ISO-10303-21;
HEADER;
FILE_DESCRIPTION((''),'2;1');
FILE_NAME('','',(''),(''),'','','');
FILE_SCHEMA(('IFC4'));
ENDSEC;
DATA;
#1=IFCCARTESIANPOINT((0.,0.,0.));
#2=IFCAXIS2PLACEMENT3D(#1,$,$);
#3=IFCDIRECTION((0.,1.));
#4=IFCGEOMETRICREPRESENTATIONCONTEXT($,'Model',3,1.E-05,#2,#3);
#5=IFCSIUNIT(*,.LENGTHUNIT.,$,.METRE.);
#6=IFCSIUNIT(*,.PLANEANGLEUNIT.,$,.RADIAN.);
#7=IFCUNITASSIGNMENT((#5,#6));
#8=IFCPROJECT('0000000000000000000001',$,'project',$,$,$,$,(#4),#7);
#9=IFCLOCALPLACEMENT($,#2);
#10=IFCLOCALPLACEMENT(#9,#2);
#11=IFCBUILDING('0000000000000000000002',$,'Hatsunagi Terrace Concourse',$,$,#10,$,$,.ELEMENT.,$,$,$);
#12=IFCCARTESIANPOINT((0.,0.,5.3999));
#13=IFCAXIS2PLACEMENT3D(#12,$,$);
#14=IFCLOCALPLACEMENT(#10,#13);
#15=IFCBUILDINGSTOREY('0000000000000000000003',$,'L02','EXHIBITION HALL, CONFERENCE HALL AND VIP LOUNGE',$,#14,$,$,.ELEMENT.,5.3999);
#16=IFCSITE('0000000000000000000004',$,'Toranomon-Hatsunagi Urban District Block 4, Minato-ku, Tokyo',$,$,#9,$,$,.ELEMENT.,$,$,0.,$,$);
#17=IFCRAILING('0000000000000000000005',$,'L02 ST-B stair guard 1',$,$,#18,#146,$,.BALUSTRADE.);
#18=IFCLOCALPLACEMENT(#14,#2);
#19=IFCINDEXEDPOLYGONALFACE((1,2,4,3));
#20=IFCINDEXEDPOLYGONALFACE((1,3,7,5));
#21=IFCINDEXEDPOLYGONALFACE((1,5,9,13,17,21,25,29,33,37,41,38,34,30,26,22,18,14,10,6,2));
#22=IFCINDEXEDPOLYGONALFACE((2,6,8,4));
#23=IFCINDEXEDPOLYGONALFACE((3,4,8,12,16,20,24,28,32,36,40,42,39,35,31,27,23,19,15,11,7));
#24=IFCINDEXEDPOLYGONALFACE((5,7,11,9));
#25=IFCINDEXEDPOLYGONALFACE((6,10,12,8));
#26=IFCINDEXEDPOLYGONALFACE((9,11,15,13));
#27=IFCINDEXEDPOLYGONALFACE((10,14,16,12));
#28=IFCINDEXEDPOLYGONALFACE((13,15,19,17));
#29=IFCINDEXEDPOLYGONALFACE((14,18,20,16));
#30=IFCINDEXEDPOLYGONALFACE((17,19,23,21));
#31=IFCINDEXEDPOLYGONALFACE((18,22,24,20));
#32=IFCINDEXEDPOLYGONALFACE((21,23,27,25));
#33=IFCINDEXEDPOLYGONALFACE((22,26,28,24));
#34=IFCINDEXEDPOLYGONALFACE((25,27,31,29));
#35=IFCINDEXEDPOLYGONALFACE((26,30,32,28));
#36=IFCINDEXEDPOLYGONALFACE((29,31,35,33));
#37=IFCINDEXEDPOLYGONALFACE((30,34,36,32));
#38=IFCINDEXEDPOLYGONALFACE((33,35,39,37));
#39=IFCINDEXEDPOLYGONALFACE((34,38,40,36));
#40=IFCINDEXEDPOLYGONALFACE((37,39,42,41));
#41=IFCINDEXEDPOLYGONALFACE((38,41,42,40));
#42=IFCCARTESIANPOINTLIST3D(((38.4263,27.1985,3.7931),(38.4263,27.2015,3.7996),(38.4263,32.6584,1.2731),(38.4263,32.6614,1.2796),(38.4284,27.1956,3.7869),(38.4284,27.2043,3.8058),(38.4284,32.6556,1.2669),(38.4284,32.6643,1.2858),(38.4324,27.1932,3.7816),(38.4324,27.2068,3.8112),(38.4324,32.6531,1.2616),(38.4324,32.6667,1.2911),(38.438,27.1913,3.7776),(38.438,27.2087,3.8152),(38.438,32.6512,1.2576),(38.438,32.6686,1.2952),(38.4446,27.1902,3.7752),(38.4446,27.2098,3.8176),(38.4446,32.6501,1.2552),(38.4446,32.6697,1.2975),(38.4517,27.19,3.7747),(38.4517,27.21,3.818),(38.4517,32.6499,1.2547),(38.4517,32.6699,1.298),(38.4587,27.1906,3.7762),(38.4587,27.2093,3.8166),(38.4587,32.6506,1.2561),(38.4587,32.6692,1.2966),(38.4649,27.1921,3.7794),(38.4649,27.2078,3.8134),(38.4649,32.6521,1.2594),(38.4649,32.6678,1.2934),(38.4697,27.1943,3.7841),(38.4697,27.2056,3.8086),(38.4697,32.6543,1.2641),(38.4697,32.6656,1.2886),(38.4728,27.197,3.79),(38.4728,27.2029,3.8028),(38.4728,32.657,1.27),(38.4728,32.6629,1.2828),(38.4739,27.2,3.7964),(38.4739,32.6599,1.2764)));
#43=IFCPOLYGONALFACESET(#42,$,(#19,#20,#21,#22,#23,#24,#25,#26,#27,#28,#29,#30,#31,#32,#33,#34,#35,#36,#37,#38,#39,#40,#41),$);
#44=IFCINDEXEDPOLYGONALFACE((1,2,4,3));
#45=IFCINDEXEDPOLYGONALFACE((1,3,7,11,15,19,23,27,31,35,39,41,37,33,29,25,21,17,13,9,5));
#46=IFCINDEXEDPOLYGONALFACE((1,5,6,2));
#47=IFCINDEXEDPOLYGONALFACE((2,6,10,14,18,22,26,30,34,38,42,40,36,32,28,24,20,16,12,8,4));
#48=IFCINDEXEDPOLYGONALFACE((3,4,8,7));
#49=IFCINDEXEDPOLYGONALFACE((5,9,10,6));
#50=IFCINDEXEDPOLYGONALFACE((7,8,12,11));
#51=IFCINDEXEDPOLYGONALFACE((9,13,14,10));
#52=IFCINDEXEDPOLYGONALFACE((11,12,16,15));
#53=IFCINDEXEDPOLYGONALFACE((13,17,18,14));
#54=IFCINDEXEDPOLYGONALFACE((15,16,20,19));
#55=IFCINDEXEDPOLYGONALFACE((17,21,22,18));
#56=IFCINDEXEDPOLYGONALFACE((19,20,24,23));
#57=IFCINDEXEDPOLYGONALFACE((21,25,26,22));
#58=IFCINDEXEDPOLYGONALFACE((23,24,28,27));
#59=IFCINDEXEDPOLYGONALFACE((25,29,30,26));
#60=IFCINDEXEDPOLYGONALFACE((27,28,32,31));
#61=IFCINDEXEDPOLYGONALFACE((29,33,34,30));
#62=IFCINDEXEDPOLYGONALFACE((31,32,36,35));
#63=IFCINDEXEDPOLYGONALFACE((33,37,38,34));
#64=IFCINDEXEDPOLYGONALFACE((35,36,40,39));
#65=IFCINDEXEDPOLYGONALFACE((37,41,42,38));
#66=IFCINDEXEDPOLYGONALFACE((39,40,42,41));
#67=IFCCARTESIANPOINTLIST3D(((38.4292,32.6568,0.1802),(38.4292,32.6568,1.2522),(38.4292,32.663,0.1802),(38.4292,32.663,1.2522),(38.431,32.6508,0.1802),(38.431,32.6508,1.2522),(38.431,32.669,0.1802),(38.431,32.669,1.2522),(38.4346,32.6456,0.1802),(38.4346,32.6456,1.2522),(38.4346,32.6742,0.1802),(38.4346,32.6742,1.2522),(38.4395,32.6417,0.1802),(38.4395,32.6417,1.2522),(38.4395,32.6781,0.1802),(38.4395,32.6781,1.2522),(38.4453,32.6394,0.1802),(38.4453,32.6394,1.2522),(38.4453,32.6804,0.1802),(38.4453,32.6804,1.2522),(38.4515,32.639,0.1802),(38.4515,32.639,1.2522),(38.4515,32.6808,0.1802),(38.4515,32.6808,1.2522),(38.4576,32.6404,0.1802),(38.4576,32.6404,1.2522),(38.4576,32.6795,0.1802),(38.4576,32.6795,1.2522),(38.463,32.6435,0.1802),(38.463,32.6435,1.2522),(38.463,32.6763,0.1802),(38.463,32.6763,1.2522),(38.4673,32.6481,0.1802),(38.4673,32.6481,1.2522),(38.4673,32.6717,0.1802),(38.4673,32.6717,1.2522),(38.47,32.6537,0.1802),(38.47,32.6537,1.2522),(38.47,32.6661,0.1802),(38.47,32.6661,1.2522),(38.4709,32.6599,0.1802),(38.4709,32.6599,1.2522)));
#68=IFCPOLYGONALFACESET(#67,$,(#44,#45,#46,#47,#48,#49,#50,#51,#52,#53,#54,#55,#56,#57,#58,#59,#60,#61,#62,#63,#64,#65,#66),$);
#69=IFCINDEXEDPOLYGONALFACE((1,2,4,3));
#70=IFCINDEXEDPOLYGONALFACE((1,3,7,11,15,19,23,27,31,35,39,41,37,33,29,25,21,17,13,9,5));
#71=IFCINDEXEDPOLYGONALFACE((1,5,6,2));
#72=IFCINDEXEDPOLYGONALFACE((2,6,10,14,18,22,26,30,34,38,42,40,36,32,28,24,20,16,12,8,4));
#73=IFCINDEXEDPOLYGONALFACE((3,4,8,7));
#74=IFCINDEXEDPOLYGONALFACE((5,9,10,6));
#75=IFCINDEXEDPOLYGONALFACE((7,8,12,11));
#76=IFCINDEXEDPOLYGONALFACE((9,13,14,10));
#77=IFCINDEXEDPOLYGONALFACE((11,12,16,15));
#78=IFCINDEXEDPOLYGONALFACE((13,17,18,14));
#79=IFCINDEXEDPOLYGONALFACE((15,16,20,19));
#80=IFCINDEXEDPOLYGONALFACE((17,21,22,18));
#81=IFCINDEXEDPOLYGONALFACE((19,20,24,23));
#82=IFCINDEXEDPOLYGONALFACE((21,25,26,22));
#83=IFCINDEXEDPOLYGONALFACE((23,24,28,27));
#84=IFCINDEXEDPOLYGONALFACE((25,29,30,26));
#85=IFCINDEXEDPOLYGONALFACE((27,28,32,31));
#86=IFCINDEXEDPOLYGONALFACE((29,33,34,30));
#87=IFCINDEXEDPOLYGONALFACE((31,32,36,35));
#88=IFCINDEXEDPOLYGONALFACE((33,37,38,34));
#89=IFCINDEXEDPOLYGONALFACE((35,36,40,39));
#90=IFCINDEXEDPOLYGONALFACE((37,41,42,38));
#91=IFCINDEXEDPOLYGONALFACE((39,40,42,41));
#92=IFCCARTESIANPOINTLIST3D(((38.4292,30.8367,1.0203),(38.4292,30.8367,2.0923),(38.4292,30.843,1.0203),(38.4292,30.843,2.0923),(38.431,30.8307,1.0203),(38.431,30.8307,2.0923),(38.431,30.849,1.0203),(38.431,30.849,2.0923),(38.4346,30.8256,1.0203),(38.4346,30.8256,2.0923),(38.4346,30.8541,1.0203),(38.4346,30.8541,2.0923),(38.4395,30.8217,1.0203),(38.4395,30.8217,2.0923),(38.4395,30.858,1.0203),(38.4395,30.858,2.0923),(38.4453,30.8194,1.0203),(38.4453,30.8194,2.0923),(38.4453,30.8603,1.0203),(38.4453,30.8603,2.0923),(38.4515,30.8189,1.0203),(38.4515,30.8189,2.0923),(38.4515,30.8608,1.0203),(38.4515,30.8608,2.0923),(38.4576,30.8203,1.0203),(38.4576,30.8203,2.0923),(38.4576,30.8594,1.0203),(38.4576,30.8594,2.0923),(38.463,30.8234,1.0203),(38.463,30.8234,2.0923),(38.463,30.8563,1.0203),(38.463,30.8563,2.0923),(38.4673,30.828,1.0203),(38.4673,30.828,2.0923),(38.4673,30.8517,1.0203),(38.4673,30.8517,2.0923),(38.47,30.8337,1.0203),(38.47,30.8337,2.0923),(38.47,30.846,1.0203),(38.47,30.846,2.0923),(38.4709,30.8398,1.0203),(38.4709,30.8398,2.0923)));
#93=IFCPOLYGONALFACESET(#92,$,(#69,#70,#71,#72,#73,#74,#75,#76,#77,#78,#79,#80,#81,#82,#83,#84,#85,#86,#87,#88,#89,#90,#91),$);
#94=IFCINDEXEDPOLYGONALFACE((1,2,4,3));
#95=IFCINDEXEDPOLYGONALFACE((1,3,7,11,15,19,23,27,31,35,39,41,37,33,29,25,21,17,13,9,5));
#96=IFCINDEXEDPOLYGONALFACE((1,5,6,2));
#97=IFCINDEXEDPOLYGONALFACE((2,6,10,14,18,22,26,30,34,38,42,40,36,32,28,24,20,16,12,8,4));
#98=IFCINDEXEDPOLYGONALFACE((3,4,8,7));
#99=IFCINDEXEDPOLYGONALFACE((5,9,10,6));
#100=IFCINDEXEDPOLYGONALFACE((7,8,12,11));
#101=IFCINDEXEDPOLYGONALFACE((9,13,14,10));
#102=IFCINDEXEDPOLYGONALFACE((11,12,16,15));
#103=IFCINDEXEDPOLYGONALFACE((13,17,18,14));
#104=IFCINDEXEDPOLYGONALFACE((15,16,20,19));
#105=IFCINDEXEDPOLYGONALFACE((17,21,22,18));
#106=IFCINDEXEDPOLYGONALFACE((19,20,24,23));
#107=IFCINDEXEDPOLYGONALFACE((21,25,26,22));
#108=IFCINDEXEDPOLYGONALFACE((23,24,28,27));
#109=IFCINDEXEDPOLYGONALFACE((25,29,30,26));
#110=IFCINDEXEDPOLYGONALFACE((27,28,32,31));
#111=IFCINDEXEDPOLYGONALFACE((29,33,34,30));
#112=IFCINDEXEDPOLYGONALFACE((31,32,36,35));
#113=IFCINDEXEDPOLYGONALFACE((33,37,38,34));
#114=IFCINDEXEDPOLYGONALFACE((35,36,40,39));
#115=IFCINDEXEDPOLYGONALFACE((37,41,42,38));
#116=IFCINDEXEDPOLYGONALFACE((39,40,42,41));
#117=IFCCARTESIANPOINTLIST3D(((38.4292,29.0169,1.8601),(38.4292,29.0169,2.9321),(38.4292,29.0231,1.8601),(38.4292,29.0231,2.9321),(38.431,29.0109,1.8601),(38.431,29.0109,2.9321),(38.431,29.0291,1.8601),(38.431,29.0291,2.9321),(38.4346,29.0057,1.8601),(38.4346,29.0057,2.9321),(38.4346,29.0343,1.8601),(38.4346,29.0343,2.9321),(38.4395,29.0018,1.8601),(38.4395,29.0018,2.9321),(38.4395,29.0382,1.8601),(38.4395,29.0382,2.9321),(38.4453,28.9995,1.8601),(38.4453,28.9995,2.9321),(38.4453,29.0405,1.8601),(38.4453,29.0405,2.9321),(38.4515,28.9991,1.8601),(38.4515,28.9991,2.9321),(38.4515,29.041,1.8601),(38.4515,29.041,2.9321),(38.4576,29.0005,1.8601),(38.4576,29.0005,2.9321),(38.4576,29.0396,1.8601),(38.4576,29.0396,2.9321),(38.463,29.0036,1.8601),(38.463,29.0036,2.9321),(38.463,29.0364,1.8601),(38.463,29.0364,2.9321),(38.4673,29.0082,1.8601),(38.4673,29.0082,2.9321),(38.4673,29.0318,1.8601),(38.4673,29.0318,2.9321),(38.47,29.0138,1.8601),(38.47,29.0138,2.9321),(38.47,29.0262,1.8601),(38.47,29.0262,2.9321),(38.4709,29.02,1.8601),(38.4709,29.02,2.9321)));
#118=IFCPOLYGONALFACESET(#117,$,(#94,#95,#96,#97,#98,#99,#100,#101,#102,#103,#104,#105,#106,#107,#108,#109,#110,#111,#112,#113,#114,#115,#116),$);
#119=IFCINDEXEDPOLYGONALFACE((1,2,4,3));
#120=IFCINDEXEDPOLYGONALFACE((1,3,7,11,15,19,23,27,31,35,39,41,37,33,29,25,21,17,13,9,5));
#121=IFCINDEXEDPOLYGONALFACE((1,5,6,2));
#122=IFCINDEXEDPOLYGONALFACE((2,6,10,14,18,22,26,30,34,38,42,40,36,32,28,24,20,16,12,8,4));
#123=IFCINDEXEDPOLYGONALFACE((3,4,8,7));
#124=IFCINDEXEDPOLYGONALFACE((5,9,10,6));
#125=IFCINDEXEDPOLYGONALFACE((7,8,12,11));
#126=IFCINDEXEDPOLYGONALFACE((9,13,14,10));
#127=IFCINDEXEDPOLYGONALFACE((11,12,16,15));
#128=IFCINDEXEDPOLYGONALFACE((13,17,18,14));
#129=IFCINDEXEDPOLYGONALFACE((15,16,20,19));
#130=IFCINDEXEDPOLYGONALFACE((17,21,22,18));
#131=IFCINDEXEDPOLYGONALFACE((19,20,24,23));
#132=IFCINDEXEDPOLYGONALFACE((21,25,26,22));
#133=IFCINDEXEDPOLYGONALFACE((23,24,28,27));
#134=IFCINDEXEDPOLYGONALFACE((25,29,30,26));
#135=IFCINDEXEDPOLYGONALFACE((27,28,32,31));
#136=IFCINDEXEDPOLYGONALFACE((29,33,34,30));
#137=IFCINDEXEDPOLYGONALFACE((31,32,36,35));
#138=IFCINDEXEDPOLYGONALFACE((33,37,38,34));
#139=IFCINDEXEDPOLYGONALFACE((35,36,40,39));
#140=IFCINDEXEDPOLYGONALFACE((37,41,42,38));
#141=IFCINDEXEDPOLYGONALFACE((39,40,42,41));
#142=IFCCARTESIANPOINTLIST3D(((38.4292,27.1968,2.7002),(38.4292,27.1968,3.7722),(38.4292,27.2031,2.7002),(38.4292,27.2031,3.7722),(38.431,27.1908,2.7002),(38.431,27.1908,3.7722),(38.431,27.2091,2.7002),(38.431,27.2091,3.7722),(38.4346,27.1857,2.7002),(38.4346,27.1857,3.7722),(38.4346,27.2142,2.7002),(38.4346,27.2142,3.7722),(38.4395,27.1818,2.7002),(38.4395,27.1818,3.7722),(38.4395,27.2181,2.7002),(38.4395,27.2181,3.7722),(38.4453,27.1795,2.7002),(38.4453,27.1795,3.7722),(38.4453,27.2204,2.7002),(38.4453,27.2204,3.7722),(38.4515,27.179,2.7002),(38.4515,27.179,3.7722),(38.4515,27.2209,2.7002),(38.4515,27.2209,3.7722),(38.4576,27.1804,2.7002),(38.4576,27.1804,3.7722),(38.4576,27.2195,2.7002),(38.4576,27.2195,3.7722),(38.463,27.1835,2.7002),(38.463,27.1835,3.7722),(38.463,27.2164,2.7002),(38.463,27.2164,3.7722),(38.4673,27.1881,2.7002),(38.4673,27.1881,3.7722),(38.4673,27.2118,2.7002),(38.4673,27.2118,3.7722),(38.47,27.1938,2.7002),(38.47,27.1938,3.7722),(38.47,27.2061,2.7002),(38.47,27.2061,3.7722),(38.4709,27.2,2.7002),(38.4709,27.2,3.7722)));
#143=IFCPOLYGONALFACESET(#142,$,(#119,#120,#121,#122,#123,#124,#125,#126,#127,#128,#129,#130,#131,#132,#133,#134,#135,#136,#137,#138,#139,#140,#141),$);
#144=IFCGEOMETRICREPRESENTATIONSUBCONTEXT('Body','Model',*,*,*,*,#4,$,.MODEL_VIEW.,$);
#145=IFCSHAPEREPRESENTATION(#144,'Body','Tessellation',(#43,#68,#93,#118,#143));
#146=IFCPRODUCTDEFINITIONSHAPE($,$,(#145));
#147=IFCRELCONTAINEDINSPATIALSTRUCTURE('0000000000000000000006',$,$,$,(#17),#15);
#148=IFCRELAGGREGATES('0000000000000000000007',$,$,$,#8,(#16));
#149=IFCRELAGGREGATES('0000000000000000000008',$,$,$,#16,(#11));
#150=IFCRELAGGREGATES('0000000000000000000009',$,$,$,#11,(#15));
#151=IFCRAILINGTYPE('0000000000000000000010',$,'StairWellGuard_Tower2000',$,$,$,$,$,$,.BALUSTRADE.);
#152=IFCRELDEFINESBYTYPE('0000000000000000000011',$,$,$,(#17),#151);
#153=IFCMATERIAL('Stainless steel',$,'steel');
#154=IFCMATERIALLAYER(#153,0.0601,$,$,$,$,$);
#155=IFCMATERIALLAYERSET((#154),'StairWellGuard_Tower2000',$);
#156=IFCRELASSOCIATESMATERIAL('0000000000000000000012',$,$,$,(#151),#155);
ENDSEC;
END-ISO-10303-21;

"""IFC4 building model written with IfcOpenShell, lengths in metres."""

from ifc_helpers import new_model, si_unit, direction, frame, origin, origin_2d, place, context, subcontext, project, spatial, circle, extrude, material, layer, layer_set, type_object, element, save


model = new_model("IFC4")

# Units and contexts
model_context = context("Model", 3, precision=1e-05, world=origin(), true_north=direction((0.0, 1.0)))
body_context = subcontext(model_context, "Body", "Model", "MODEL_VIEW")
ifc_project = project(units=[si_unit("LENGTHUNIT", "METRE"), si_unit("PLANEANGLEUNIT", "RADIAN")], contexts=[model_context])

# Site, building, storey
site_placement = place(None, origin())
site = spatial("IfcSite", under=ifc_project, at=site_placement, Name="Toranomon-Hatsunagi Urban District Block 4, Minato-ku, Tokyo", CompositionType="ELEMENT", RefElevation=0.0)
building_placement = place(site_placement, origin())
building = spatial("IfcBuilding", under=site, at=building_placement, Name="Hatsunagi Terrace Concourse", CompositionType="ELEMENT")
storey_placement = place(building_placement, frame((0.0, 0.0, 5.3999)))
storey = spatial("IfcBuildingStorey", under=building, at=storey_placement, Name="L02", Description="EXHIBITION HALL, CONFERENCE HALL AND VIP LOUNGE", CompositionType="ELEMENT", Elevation=5.3999)

# Railing
ifc_material_1 = material(Name="Stainless steel", Category="steel")
ifc_layer_1 = layer(ifc_material_1, 0.0601)
ifc_layer_set_1 = layer_set([ifc_layer_1], Name="StairWellGuard_Tower2000")
railing_type_1 = type_object("IfcRailingType", Name="StairWellGuard_Tower2000", PredefinedType="BALUSTRADE", material=ifc_layer_set_1)
railing_1_placement = place(storey_placement, frame((38.45, 32.6599, 0.1802)))
element("IfcRailing", 1, at=railing_1_placement, inside=storey, type_object=railing_type_1, Name="L02 ST-B stair guard 1", PredefinedType="BALUSTRADE", context=body_context, shape_type="SweptSolid", body=[
    extrude(circle(Radius=0.0239, at=origin_2d()), frame((0.0, 0.0, 1.0962), z_axis=(0.0, -0.907957, 0.419063), x_axis=(1.0, 0.0, 0.0)), (0.0, 0.0, 1.0), 6.0134),
    extrude(circle(Radius=0.021, at=origin_2d()), origin(), (0.0, 0.0, 1.0), 1.072),
    extrude(circle(Radius=0.021, at=origin_2d()), frame((0.0, -1.8201, 0.8401)), (0.0, 0.0, 1.0), 1.072),
    extrude(circle(Radius=0.021, at=origin_2d()), frame((0.0, -3.6399, 1.6799)), (0.0, 0.0, 1.0), 1.072),
    extrude(circle(Radius=0.021, at=origin_2d()), frame((0.0, -5.46, 2.52)), (0.0, 0.0, 1.0), 1.072),
])

save(model, "model.ifc")
